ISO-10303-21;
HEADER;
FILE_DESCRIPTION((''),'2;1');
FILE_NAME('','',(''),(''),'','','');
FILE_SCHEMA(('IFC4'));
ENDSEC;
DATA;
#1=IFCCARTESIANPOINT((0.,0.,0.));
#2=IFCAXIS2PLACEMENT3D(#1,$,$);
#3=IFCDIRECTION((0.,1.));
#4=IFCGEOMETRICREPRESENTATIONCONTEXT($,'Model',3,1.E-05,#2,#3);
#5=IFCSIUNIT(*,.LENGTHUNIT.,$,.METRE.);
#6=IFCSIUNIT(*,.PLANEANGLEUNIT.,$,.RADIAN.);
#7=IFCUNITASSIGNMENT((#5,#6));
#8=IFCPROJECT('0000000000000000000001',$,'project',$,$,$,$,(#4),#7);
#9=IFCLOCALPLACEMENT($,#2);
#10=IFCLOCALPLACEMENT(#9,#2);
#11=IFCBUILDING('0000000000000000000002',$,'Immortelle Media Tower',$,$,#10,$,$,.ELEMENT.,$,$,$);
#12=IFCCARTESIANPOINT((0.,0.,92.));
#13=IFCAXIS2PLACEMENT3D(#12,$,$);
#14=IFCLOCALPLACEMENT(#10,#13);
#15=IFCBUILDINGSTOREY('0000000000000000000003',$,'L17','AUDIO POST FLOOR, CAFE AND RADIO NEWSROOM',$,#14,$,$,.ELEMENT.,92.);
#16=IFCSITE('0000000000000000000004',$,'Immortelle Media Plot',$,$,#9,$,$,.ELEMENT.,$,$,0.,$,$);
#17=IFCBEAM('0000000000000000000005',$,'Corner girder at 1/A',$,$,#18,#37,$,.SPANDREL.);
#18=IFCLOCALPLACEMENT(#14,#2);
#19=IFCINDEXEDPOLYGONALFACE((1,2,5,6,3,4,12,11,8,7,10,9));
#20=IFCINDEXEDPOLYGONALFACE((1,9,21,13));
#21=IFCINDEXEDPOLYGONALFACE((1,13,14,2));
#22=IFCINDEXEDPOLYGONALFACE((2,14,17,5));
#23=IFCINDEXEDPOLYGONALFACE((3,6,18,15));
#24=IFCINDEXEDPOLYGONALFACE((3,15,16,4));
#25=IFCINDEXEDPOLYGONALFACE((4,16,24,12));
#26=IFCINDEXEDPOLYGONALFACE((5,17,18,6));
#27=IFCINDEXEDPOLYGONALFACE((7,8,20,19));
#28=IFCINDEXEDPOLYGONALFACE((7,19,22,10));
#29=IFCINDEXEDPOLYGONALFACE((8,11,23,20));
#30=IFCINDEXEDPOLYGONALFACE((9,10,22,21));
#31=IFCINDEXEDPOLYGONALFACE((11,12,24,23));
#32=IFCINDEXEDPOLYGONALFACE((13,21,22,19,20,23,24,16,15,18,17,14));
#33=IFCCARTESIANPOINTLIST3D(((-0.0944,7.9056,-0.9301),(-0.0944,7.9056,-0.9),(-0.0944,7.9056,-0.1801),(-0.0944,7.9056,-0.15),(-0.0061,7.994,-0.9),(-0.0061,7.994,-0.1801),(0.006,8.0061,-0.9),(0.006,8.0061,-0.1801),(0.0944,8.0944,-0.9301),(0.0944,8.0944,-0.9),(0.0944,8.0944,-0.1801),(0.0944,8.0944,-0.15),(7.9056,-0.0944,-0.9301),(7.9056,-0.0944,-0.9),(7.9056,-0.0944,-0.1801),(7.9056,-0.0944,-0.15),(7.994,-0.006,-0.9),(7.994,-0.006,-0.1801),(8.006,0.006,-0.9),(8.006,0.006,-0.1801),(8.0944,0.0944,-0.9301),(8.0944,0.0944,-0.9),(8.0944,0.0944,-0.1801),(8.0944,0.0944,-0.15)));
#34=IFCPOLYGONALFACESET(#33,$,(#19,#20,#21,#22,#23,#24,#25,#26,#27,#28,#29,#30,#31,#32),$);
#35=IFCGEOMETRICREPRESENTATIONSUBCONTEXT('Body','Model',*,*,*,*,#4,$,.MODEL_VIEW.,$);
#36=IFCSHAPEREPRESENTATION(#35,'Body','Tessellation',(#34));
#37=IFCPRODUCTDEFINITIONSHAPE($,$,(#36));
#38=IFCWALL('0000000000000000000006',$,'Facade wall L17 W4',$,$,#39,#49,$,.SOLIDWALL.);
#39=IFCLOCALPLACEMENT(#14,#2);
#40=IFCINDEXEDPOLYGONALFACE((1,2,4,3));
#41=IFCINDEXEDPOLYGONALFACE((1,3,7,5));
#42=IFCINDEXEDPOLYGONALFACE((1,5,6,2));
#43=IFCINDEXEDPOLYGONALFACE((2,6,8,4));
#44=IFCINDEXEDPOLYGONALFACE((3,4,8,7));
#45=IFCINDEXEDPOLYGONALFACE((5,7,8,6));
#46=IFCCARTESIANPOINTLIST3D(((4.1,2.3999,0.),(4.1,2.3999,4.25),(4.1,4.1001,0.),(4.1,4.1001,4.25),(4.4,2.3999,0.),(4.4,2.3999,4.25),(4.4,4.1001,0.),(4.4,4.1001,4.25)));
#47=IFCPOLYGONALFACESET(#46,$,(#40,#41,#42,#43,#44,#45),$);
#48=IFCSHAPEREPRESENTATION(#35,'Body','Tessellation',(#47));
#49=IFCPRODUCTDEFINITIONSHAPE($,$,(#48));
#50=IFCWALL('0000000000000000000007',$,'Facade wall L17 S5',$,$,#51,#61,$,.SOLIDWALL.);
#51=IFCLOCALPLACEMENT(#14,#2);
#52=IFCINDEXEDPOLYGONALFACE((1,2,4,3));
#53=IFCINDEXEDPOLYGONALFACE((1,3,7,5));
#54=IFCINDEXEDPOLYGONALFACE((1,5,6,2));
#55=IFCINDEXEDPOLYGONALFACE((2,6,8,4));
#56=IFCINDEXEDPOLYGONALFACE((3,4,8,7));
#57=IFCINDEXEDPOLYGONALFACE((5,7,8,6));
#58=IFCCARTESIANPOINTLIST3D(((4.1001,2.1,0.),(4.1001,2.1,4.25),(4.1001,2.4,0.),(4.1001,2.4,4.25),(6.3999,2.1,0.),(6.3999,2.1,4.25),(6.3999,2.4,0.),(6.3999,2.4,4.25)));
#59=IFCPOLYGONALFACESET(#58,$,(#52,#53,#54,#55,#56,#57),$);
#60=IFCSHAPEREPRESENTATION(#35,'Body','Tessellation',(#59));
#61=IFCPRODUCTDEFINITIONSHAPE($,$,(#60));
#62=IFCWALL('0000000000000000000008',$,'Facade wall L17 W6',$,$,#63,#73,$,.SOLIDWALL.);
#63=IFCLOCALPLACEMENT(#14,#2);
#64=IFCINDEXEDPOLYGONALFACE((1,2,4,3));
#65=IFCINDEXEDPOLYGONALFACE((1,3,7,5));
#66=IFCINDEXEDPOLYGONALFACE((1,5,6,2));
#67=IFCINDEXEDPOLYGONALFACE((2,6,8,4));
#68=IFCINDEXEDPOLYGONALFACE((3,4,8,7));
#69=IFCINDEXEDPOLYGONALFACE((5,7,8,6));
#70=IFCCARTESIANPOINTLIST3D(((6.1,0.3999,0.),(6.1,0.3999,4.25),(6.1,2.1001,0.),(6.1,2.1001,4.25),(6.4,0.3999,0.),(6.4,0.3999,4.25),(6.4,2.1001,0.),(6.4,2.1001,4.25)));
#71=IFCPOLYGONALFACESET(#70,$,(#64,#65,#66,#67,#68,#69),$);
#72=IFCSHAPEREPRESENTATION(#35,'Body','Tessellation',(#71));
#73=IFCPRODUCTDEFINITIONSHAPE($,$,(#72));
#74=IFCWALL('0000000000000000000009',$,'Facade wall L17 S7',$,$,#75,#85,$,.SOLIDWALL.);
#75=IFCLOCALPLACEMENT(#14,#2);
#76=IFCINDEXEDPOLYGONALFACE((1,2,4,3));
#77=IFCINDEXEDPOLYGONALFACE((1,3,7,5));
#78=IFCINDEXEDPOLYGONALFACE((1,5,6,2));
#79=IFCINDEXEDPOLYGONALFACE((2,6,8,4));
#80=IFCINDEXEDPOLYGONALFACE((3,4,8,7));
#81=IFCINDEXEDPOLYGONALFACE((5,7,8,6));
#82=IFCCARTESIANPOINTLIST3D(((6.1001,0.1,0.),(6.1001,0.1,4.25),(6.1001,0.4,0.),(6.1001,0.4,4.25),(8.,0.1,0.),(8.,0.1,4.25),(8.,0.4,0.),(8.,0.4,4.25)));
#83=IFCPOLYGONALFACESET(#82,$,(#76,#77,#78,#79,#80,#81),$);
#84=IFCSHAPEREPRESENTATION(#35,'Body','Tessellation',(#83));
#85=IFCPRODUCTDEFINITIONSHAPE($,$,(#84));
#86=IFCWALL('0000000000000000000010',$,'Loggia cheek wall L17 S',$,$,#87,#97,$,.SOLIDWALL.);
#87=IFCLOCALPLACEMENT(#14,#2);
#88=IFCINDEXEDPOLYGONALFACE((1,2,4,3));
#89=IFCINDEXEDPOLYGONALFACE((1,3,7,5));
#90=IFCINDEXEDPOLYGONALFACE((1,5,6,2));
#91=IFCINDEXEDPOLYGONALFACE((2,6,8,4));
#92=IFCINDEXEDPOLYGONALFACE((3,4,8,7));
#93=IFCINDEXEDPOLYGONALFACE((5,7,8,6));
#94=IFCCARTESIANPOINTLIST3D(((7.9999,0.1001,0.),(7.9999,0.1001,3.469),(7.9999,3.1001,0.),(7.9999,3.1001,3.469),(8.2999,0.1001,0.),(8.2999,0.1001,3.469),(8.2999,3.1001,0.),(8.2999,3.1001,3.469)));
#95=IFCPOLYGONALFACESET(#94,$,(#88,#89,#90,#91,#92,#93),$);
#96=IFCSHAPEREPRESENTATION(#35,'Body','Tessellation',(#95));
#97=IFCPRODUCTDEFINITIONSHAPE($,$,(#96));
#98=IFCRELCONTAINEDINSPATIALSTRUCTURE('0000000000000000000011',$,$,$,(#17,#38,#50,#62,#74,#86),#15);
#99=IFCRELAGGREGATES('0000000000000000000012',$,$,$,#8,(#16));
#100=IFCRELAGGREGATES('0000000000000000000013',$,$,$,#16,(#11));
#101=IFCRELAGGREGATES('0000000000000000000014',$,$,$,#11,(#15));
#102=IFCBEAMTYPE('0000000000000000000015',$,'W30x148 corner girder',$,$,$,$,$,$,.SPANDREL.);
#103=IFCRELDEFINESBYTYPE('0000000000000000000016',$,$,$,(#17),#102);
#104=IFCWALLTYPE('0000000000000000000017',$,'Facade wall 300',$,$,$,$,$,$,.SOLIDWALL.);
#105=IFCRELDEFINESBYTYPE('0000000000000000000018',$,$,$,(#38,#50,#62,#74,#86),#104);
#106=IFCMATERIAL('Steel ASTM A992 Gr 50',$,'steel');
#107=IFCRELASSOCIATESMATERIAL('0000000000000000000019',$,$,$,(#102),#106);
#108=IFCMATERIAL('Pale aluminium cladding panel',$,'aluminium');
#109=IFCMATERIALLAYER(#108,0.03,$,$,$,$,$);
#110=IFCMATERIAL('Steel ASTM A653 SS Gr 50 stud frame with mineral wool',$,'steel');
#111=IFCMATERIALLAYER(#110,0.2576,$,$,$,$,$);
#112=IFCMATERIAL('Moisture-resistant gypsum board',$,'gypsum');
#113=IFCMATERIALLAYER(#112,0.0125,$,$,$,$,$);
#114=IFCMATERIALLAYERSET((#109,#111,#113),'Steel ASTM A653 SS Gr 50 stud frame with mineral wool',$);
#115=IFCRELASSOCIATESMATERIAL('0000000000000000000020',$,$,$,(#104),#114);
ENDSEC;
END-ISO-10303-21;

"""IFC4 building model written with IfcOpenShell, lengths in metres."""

from ifc_helpers import new_model, si_unit, direction, frame, frame_2d, origin, origin_2d, place, context, subcontext, project, spatial, rectangle, i_section, extrude, material, layer, layer_set, material_profile, profile_set, type_object, element, save


model = new_model("IFC4")

# Units and contexts
model_context = context("Model", 3, precision=1e-05, world=origin(), true_north=direction((0.0, 1.0)))
body_context = subcontext(model_context, "Body", "Model", "MODEL_VIEW")
ifc_project = project(units=[si_unit("LENGTHUNIT", "METRE"), si_unit("PLANEANGLEUNIT", "RADIAN")], contexts=[model_context])

# Site, building, storey
site_placement = place(None, origin())
site = spatial("IfcSite", under=ifc_project, at=site_placement, Name="Immortelle Media Plot", CompositionType="ELEMENT", RefElevation=0.0)
building_placement = place(site_placement, origin())
building = spatial("IfcBuilding", under=site, at=building_placement, Name="Immortelle Media Tower", CompositionType="ELEMENT")
storey_placement = place(building_placement, frame((0.0, 0.0, 92.0)))
storey = spatial("IfcBuildingStorey", under=building, at=storey_placement, Name="L17", Description="AUDIO POST FLOOR, CAFE AND RADIO NEWSROOM", CompositionType="ELEMENT", Elevation=92.0)

# Shared definitions
ifc_material_1 = material(Name="Steel ASTM A992 Gr 50", Category="steel")

# Beam
ifc_material_profile_1 = material_profile(ifc_material_1, i_section(OverallWidth=0.2671, OverallDepth=0.78, WebThickness=0.0171, FlangeThickness=0.03, at=origin_2d()), Name="W30x148")
ifc_profile_set_1 = profile_set([ifc_material_profile_1], Name="Steel ASTM A992 Gr 50")
beam_type_1 = type_object("IfcBeamType", Name="W30x148 corner girder", PredefinedType="SPANDREL", material=ifc_profile_set_1)
beam_1_placement = place(storey_placement, frame((8.0, 0.0, -0.54), z_axis=(-0.707107, 0.707107, 0.0), x_axis=(-0.707107, -0.707107, 0.0)))
element("IfcBeam", 1, at=beam_1_placement, inside=storey, type_object=beam_type_1, Name="Corner girder at 1/A", PredefinedType="SPANDREL", context=body_context, shape_type="SweptSolid", body=[
    extrude(i_section(OverallWidth=0.2671, OverallDepth=0.78, WebThickness=0.0171, FlangeThickness=0.03, at=origin_2d()), origin(), (0.0, 0.0, 1.0), 11.3137),
])

# Walls
ifc_material_2 = material(Name="Pale aluminium cladding panel", Category="aluminium")
ifc_layer_1 = layer(ifc_material_2, 0.03)
ifc_material_3 = material(Name="Steel ASTM A653 SS Gr 50 stud frame with mineral wool", Category="steel")
ifc_layer_2 = layer(ifc_material_3, 0.2576)
ifc_material_4 = material(Name="Moisture-resistant gypsum board", Category="gypsum")
ifc_layer_3 = layer(ifc_material_4, 0.0125)
ifc_layer_set = layer_set([ifc_layer_1, ifc_layer_2, ifc_layer_3], Name="Steel ASTM A653 SS Gr 50 stud frame with mineral wool")
wall_type = type_object("IfcWallType", Name="Facade wall 300", PredefinedType="SOLIDWALL", material=ifc_layer_set)
wall_1_placement = place(storey_placement, frame((4.25, 4.1001, 0.0), z_axis=(0.0, 0.0, 1.0), x_axis=(0.0, -1.0, 0.0)))
element("IfcWall", 2, at=wall_1_placement, inside=storey, type_object=wall_type, Name="Facade wall L17 W4", PredefinedType="SOLIDWALL", context=body_context, shape_type="SweptSolid", body=[
    extrude(rectangle(XDim=1.7002, YDim=0.3, at=frame_2d((0.8501, 0.0))), origin(), (0.0, 0.0, 1.0), 4.25),
])
wall_2_placement = place(storey_placement, frame((4.1001, 2.25, 0.0), z_axis=(0.0, 0.0, 1.0), x_axis=(1.0, 0.0, 0.0)))
element("IfcWall", 3, at=wall_2_placement, inside=storey, type_object=wall_type, Name="Facade wall L17 S5", PredefinedType="SOLIDWALL", context=body_context, shape_type="SweptSolid", body=[
    extrude(rectangle(XDim=2.2998, YDim=0.3, at=frame_2d((1.1499, 0.0))), origin(), (0.0, 0.0, 1.0), 4.25),
])
wall_3_placement = place(storey_placement, frame((6.25, 2.1001, 0.0), z_axis=(0.0, 0.0, 1.0), x_axis=(0.0, -1.0, 0.0)))
element("IfcWall", 4, at=wall_3_placement, inside=storey, type_object=wall_type, Name="Facade wall L17 W6", PredefinedType="SOLIDWALL", context=body_context, shape_type="SweptSolid", body=[
    extrude(rectangle(XDim=1.7002, YDim=0.3, at=frame_2d((0.8501, 0.0))), origin(), (0.0, 0.0, 1.0), 4.25),
])
wall_4_placement = place(storey_placement, frame((6.1001, 0.25, 0.0), z_axis=(0.0, 0.0, 1.0), x_axis=(1.0, 0.0, 0.0)))
element("IfcWall", 5, at=wall_4_placement, inside=storey, type_object=wall_type, Name="Facade wall L17 S7", PredefinedType="SOLIDWALL", context=body_context, shape_type="SweptSolid", body=[
    extrude(rectangle(XDim=1.8999, YDim=0.3, at=frame_2d((0.95, 0.0))), origin(), (0.0, 0.0, 1.0), 4.25),
])

# Wall
wall_5_placement = place(storey_placement, frame((8.1499, 0.1001, 0.0), z_axis=(0.0, 0.0, 1.0), x_axis=(0.0, 1.0, 0.0)))
element("IfcWall", 6, at=wall_5_placement, inside=storey, type_object=wall_type, Name="Loggia cheek wall L17 S", PredefinedType="SOLIDWALL", context=body_context, shape_type="SweptSolid", body=[
    extrude(rectangle(XDim=3.0, YDim=0.3, at=frame_2d((1.5, 0.0))), origin(), (0.0, 0.0, 1.0), 3.469),
])

save(model, "model.ifc")
